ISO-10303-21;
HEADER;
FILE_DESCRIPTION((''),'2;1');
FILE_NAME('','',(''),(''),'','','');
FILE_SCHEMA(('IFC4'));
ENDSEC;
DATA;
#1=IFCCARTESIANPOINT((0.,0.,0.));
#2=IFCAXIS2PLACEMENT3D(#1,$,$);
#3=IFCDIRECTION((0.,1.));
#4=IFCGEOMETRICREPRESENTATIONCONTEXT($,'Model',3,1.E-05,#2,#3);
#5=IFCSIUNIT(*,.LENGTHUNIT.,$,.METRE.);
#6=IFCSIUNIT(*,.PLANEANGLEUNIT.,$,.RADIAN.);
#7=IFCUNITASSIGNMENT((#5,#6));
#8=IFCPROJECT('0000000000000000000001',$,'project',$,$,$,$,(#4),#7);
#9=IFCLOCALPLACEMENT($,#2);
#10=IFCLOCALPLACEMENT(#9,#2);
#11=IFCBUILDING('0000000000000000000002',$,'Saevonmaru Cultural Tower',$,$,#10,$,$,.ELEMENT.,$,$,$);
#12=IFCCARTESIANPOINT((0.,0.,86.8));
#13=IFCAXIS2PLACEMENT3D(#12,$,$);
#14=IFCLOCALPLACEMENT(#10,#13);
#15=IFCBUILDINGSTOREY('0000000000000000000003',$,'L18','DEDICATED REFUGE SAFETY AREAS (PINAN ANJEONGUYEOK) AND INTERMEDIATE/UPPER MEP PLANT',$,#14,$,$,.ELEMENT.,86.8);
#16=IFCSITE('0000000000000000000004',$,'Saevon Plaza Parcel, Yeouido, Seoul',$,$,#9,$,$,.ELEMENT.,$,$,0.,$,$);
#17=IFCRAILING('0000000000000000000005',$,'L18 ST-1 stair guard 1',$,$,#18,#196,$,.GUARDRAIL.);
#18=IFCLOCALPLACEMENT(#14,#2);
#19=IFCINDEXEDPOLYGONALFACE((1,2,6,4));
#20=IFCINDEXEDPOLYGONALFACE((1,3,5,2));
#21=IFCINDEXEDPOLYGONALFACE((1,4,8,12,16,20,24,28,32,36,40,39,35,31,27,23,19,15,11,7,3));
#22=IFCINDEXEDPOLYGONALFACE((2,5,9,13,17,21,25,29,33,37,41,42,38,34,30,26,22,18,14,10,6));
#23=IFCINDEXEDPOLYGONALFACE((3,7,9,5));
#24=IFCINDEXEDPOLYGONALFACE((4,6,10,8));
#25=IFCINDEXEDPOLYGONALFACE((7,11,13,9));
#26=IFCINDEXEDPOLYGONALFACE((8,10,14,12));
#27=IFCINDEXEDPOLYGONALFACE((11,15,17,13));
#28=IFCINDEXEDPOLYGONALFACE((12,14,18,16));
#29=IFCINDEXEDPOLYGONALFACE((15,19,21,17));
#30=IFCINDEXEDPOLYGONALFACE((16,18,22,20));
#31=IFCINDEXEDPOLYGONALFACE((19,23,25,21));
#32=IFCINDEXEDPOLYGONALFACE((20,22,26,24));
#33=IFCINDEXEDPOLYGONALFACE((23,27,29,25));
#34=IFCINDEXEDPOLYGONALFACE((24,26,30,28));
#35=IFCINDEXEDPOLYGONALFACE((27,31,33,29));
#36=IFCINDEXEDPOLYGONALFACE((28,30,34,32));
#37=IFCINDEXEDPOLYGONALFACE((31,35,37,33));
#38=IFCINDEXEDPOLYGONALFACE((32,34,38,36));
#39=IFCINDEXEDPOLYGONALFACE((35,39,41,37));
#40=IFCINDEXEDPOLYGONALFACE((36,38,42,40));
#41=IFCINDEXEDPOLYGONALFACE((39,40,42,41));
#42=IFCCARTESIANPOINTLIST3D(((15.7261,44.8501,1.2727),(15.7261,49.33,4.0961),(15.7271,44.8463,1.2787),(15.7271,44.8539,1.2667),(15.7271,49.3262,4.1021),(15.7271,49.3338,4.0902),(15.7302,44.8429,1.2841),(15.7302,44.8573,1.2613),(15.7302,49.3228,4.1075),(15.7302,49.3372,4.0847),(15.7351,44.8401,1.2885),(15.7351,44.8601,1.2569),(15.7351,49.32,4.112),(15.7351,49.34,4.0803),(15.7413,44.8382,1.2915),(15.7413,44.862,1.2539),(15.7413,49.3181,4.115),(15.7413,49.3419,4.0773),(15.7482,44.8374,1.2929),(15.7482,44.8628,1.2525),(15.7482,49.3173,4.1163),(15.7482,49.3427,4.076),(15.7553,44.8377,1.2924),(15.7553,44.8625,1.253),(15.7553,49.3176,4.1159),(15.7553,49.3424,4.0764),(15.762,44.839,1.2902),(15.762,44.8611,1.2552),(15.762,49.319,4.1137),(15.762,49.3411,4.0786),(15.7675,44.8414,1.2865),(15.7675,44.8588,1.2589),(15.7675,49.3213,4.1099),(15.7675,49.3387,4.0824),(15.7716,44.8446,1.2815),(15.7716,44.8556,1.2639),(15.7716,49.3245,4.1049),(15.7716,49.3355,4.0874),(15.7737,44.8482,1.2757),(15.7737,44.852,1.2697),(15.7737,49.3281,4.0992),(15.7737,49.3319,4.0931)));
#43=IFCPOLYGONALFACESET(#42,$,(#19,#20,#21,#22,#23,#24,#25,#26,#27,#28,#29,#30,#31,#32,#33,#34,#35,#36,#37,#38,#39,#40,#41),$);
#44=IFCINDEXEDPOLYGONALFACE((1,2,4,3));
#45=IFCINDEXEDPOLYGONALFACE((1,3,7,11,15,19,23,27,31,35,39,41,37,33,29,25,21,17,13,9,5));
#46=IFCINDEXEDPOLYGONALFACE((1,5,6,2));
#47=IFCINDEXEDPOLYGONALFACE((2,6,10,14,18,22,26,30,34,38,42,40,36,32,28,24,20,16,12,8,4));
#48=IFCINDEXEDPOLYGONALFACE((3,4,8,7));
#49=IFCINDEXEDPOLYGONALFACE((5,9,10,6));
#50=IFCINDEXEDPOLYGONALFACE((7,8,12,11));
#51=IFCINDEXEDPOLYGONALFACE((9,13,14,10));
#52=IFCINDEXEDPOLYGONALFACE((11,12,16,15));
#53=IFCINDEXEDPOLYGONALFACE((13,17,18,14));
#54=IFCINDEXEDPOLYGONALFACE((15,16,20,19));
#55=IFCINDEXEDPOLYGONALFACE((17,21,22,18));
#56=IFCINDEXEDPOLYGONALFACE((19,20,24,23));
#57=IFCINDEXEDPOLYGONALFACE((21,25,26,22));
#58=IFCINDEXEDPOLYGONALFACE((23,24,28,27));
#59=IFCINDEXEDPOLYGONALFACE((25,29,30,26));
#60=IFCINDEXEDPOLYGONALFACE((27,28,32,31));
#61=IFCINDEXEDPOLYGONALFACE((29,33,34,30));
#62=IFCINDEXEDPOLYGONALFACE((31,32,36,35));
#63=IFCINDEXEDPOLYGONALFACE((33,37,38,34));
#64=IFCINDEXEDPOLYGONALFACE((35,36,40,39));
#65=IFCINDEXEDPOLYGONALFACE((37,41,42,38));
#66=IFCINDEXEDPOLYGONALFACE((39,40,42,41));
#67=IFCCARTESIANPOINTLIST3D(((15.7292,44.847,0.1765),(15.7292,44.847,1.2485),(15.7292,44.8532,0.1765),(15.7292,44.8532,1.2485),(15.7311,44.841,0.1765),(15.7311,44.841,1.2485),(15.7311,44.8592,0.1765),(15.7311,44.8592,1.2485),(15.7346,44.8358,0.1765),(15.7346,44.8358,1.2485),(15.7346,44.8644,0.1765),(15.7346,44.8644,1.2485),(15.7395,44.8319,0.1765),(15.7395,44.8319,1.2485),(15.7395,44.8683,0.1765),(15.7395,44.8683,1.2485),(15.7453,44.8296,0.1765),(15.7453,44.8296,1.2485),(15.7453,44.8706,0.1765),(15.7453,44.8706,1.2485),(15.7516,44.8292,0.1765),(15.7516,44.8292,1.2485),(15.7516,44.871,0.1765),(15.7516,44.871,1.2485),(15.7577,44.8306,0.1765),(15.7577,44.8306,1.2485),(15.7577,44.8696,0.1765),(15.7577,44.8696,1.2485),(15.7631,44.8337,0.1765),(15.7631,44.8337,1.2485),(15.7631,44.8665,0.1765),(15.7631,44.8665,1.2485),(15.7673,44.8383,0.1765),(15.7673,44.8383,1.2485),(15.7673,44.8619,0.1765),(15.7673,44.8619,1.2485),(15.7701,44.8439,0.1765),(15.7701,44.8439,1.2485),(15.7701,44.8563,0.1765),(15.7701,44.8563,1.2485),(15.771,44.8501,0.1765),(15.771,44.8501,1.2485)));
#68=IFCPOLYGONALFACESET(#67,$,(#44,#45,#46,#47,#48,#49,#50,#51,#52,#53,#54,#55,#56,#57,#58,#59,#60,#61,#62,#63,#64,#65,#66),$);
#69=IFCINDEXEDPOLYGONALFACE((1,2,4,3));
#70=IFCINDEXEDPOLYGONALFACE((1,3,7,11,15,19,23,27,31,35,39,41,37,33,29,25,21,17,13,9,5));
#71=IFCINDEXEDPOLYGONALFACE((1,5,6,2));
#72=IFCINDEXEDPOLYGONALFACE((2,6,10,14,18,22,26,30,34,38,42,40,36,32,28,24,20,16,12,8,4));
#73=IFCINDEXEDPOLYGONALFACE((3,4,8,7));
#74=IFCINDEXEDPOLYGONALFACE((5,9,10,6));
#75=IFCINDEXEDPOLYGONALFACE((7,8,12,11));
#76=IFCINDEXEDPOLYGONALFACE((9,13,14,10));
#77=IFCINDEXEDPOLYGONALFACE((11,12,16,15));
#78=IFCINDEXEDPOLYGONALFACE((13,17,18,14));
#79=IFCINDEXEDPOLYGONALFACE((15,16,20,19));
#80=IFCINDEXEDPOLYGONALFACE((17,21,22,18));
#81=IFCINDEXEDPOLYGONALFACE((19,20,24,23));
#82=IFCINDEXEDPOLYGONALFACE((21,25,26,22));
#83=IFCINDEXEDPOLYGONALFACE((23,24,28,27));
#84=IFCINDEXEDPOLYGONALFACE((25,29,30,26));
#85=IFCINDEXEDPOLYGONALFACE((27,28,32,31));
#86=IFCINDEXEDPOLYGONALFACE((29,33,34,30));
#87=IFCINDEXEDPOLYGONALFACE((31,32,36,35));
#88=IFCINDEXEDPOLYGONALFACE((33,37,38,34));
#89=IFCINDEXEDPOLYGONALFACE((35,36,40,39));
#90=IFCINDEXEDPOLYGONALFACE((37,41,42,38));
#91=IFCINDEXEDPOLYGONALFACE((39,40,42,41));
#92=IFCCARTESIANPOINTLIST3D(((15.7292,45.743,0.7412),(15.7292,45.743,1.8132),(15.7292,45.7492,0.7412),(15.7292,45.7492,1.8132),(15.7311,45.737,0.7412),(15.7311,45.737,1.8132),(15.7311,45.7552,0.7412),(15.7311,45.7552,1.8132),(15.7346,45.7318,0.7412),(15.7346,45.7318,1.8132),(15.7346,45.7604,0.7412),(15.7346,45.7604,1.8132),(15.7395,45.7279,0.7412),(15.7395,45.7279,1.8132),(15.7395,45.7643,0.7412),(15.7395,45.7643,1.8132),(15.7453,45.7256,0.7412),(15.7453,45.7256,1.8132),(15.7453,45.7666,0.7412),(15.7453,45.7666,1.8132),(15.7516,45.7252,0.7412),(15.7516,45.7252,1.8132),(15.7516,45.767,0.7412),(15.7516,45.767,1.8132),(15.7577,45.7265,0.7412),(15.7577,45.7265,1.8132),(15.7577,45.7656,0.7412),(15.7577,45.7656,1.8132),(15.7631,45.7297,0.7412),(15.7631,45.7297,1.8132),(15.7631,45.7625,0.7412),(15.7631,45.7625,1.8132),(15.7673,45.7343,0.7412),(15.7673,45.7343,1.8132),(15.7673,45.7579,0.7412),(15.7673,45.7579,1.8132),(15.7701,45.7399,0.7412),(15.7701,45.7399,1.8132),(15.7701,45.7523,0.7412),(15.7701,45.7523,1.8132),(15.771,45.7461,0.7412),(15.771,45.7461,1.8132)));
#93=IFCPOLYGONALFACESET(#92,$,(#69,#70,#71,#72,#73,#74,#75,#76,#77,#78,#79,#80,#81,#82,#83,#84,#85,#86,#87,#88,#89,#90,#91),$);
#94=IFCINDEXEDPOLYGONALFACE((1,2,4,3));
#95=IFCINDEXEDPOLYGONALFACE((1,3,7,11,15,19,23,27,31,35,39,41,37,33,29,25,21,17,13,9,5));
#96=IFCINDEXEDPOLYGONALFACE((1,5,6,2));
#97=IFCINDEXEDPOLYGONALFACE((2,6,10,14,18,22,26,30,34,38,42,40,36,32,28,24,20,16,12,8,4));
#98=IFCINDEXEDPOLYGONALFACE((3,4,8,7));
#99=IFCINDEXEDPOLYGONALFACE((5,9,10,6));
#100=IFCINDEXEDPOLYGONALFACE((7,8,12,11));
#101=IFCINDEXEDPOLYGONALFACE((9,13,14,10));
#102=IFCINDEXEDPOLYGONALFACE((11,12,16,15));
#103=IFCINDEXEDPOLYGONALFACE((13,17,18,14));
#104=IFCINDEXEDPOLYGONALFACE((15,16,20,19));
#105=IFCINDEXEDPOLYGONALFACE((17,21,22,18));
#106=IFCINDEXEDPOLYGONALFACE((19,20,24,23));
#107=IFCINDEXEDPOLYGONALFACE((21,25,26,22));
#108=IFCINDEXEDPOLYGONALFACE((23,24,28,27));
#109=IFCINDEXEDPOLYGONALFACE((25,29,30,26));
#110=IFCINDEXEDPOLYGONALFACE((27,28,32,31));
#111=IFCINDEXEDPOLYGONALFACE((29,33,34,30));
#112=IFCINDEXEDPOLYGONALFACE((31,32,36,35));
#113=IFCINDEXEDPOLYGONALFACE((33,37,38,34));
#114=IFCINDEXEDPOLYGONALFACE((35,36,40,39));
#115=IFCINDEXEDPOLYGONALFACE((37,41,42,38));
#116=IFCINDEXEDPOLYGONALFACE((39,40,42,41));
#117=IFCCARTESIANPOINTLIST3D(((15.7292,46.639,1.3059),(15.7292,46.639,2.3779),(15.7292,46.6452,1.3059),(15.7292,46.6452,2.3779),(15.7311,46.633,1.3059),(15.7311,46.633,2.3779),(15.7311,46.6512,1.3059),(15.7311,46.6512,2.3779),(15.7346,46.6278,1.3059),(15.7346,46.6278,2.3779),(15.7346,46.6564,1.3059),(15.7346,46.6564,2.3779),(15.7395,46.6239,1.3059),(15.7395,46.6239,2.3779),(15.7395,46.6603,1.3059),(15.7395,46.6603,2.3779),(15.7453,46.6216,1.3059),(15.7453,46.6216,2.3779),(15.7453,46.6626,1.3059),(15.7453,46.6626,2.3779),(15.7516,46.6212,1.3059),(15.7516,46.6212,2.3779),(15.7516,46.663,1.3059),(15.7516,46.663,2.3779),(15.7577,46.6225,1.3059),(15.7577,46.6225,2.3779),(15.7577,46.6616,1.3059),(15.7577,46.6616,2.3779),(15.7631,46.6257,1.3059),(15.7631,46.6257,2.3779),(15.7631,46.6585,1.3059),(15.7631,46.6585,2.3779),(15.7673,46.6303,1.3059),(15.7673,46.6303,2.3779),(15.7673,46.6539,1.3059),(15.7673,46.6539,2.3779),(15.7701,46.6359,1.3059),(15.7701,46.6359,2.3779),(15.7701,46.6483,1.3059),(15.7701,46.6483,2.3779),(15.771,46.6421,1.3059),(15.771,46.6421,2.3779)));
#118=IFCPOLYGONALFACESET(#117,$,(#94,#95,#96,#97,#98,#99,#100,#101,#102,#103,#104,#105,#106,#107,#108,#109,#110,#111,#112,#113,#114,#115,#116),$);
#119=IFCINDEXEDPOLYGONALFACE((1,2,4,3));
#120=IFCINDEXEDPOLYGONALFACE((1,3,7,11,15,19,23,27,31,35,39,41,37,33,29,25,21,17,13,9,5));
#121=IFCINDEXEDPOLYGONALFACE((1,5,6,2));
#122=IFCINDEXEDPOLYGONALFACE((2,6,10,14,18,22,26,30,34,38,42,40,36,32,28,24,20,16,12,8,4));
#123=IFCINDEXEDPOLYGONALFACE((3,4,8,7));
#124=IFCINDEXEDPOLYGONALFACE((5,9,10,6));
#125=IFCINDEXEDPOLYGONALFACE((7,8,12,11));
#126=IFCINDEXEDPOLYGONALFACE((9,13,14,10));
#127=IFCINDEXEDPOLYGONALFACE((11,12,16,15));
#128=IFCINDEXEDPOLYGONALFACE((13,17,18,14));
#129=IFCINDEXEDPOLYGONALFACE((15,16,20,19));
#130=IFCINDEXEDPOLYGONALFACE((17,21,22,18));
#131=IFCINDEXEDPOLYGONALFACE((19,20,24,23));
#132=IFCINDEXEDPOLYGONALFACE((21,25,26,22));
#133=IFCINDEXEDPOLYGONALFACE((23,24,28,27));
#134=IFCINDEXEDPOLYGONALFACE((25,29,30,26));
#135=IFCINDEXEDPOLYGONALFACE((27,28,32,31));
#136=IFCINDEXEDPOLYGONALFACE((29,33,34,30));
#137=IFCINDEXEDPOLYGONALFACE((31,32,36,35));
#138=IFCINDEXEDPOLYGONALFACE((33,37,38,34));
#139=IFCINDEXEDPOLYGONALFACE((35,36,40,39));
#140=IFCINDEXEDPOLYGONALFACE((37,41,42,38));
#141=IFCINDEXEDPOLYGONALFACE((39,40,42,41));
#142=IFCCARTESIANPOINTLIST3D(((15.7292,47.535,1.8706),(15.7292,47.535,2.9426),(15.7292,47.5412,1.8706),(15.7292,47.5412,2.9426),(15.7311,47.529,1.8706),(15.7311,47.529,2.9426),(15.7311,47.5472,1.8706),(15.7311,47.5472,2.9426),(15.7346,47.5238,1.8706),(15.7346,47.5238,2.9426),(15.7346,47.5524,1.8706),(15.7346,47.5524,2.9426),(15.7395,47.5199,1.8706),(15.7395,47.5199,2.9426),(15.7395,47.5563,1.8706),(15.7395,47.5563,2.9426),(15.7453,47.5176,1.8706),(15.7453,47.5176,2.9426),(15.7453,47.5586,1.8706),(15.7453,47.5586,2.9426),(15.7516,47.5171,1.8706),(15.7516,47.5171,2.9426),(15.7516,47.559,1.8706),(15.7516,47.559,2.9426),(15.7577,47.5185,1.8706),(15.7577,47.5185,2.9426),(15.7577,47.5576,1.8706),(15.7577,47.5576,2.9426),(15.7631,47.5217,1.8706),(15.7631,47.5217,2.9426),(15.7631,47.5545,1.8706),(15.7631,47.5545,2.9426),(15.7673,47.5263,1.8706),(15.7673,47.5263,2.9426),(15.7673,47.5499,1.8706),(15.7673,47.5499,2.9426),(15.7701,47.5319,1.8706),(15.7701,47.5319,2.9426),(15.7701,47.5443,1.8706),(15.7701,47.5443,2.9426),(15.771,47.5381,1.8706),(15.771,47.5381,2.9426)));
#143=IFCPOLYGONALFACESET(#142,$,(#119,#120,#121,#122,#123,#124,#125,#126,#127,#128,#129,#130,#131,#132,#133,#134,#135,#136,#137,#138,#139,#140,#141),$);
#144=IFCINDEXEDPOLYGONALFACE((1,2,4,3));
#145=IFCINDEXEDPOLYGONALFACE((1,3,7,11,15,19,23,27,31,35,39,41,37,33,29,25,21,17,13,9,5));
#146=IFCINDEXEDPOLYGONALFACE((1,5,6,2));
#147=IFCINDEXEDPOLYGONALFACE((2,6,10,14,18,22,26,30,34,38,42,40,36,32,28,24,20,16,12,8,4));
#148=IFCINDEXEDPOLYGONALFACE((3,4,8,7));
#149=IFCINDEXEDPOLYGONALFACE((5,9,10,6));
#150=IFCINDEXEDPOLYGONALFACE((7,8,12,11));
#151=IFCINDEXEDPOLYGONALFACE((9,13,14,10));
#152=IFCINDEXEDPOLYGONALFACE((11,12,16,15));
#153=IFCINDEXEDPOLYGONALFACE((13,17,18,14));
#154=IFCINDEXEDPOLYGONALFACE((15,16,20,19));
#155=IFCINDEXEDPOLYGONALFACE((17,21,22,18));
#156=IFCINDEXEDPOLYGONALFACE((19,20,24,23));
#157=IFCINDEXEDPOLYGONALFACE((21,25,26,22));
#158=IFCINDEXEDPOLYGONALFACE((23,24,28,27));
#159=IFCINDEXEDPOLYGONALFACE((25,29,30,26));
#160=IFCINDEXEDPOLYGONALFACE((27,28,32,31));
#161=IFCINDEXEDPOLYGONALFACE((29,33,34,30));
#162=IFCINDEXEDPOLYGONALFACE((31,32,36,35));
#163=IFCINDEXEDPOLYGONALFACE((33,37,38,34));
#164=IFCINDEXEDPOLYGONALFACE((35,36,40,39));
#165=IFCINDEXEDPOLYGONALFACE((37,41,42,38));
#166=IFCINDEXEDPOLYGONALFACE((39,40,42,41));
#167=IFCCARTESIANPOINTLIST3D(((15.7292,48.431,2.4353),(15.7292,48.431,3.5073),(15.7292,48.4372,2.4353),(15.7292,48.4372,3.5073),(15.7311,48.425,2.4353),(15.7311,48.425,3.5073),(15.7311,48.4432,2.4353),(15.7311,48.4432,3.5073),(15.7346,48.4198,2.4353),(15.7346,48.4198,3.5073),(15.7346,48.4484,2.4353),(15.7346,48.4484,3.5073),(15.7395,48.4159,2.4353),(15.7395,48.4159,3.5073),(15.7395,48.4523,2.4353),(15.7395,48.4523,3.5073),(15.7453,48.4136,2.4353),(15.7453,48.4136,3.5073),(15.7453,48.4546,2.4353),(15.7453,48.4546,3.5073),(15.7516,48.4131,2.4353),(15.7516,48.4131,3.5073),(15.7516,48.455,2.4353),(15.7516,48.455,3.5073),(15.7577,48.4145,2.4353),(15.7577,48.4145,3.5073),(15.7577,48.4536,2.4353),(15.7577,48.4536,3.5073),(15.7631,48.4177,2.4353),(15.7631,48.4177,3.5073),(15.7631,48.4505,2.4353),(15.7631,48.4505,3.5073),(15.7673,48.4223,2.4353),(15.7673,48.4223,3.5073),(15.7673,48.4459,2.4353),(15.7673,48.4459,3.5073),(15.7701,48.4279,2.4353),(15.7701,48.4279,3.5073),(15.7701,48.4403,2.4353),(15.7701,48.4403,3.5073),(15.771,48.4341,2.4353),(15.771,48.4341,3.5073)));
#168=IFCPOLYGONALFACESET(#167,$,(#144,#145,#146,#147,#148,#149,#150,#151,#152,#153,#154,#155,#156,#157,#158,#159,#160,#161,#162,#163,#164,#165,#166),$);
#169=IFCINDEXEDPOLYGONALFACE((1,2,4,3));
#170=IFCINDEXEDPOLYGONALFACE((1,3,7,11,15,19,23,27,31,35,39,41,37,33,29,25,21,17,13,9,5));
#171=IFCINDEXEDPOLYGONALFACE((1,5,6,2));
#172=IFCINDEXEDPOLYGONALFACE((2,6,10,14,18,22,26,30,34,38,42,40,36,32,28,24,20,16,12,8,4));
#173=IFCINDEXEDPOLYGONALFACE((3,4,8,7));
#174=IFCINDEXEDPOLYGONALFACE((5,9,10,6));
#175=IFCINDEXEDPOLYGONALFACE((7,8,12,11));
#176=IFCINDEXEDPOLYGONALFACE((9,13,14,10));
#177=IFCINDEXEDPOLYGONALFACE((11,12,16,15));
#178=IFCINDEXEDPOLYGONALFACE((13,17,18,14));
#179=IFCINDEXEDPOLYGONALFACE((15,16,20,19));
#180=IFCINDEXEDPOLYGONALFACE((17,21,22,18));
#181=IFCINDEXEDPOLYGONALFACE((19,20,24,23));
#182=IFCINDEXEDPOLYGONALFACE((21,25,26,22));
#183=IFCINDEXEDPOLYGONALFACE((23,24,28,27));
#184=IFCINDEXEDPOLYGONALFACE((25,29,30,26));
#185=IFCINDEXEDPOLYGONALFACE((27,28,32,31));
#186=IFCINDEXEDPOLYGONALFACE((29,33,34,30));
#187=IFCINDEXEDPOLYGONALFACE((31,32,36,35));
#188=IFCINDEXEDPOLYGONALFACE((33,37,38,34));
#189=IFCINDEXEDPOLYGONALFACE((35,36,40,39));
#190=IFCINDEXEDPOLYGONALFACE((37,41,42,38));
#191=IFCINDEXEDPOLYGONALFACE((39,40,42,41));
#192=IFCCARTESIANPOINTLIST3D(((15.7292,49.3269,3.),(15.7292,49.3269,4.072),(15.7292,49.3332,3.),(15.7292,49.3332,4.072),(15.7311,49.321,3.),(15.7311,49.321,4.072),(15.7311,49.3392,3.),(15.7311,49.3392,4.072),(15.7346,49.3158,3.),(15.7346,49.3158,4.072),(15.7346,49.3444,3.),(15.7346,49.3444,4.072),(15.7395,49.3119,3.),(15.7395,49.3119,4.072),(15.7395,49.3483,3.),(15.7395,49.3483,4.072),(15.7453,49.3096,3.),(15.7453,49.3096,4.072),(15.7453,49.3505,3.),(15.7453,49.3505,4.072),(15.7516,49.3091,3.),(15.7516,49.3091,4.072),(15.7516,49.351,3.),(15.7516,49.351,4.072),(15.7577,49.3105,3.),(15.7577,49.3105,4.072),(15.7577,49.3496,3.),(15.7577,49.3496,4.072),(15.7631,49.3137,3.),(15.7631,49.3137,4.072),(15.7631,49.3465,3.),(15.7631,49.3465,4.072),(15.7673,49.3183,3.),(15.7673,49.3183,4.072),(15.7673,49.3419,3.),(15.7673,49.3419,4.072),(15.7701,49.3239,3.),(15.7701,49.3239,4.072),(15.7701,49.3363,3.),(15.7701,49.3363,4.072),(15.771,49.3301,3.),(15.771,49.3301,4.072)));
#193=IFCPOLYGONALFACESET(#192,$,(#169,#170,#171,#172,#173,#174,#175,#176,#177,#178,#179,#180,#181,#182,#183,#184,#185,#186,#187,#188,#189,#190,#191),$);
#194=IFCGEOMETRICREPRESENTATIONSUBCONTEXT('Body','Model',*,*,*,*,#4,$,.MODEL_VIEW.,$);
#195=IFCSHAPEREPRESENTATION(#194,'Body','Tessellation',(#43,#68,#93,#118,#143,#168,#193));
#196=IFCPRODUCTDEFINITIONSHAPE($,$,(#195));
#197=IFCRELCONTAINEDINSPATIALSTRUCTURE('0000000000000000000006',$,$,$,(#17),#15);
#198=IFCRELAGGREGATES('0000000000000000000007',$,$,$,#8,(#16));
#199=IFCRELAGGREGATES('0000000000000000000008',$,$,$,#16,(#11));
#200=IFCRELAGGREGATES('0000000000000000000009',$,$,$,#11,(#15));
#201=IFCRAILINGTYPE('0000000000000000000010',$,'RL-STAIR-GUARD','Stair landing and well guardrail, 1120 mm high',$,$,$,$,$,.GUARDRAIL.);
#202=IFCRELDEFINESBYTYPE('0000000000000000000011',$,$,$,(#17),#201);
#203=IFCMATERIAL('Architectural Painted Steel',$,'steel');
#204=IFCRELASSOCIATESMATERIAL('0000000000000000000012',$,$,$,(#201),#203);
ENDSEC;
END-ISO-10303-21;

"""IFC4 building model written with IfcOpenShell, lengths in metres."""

from ifc_helpers import new_model, si_unit, direction, frame, origin, origin_2d, place, context, subcontext, project, spatial, circle, extrude, material, type_object, element, save


model = new_model("IFC4")

# Units and contexts
model_context = context("Model", 3, precision=1e-05, world=origin(), true_north=direction((0.0, 1.0)))
body_context = subcontext(model_context, "Body", "Model", "MODEL_VIEW")
ifc_project = project(units=[si_unit("LENGTHUNIT", "METRE"), si_unit("PLANEANGLEUNIT", "RADIAN")], contexts=[model_context])

# Site, building, storey
site_placement = place(None, origin())
site = spatial("IfcSite", under=ifc_project, at=site_placement, Name="Saevon Plaza Parcel, Yeouido, Seoul", CompositionType="ELEMENT", RefElevation=0.0)
building_placement = place(site_placement, origin())
building = spatial("IfcBuilding", under=site, at=building_placement, Name="Saevonmaru Cultural Tower", CompositionType="ELEMENT")
storey_placement = place(building_placement, frame((0.0, 0.0, 86.8)))
storey = spatial("IfcBuildingStorey", under=building, at=storey_placement, Name="L18", Description="DEDICATED REFUGE SAFETY AREAS (PINAN ANJEONGUYEOK) AND INTERMEDIATE/UPPER MEP PLANT", CompositionType="ELEMENT", Elevation=86.8)

# Railing
ifc_material_1 = material(Name="Architectural Painted Steel", Category="steel")
railing_type_1 = type_object("IfcRailingType", Name="RL-STAIR-GUARD", Description="Stair landing and well guardrail, 1120 mm high", PredefinedType="GUARDRAIL", material=ifc_material_1)
railing_1_placement = place(storey_placement, frame((15.75, 44.8501, 0.1765)))
element("IfcRailing", 1, at=railing_1_placement, inside=storey, type_object=railing_type_1, Name="L18 ST-1 stair guard 1", PredefinedType="GUARDRAIL", context=body_context, shape_type="SweptSolid", body=[
    extrude(circle(Radius=0.0239, at=origin_2d()), frame((0.0, 0.0, 1.0962), z_axis=(0.0, 0.845998, 0.533186), x_axis=(-1.0, 0.0, 0.0)), (0.0, 0.0, 1.0), 5.2954),
    extrude(circle(Radius=0.021, at=origin_2d()), origin(), (0.0, 0.0, 1.0), 1.072),
    extrude(circle(Radius=0.021, at=origin_2d()), frame((0.0, 0.896, 0.5647)), (0.0, 0.0, 1.0), 1.072),
    extrude(circle(Radius=0.021, at=origin_2d()), frame((0.0, 1.792, 1.1294)), (0.0, 0.0, 1.0), 1.072),
    extrude(circle(Radius=0.021, at=origin_2d()), frame((0.0, 2.688, 1.6941)), (0.0, 0.0, 1.0), 1.072),
    extrude(circle(Radius=0.021, at=origin_2d()), frame((0.0, 3.584, 2.2588)), (0.0, 0.0, 1.0), 1.072),
    extrude(circle(Radius=0.021, at=origin_2d()), frame((0.0, 4.48, 2.8235)), (0.0, 0.0, 1.0), 1.072),
])

save(model, "model.ifc")
